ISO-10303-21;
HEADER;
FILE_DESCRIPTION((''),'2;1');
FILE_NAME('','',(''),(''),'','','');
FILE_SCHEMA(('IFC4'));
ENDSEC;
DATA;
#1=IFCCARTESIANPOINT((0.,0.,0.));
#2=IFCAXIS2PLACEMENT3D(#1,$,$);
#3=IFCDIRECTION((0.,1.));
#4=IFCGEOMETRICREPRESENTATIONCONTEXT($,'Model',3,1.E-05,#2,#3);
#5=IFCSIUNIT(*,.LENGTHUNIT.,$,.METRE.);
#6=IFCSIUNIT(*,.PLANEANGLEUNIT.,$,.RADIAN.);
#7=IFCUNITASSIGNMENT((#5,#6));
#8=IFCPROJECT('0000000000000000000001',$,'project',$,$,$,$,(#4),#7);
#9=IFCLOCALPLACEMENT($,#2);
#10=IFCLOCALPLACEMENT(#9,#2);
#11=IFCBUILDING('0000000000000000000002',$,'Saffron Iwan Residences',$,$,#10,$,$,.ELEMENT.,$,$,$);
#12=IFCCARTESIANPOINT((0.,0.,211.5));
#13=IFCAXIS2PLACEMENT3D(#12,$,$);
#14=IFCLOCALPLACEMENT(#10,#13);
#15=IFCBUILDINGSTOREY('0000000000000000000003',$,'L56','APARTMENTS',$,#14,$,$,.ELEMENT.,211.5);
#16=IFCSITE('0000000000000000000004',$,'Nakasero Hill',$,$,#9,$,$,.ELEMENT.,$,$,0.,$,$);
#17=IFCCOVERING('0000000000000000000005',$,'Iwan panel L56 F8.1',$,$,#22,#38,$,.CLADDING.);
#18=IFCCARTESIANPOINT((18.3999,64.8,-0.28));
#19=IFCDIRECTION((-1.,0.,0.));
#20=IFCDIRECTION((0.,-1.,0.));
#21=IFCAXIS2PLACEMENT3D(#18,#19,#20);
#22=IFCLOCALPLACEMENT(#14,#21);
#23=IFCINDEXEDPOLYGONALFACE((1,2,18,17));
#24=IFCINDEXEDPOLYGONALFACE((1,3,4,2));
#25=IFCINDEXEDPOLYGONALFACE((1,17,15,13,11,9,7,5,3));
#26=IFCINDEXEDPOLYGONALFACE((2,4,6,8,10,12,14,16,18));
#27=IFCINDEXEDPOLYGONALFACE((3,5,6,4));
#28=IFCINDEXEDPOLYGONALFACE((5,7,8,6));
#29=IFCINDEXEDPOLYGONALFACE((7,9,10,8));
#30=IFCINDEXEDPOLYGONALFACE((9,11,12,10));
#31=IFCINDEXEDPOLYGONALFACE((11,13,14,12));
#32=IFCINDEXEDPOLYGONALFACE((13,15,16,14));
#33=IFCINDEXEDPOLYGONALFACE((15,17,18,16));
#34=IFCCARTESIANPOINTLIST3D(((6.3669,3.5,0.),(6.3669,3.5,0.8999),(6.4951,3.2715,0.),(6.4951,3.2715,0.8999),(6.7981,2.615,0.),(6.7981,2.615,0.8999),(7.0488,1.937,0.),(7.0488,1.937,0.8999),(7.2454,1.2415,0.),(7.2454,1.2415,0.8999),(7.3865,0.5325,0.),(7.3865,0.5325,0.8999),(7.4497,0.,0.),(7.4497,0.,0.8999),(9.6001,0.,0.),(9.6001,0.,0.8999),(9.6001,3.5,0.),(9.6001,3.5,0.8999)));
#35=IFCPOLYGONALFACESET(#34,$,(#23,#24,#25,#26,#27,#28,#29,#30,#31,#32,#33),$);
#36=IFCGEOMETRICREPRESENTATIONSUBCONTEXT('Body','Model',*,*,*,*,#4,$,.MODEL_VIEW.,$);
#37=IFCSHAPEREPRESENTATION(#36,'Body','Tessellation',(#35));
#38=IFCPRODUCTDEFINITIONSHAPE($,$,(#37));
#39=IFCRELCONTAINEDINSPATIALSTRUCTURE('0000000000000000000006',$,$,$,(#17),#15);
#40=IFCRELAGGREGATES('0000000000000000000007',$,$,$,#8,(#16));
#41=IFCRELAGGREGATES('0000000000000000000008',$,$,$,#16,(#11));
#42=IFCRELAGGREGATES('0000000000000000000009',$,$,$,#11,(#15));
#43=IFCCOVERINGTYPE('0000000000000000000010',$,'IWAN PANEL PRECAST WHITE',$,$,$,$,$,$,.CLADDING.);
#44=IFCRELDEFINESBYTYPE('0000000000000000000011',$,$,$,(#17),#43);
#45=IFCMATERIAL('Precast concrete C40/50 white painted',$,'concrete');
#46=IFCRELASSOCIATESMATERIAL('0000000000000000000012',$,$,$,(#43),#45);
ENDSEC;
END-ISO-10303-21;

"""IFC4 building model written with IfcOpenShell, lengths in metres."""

from ifc_helpers import new_model, si_unit, direction, frame, origin, place, context, subcontext, project, spatial, polyline, outline, extrude, material, type_object, element, save


model = new_model("IFC4")

# Units and contexts
model_context = context("Model", 3, precision=1e-05, world=origin(), true_north=direction((0.0, 1.0)))
body_context = subcontext(model_context, "Body", "Model", "MODEL_VIEW")
ifc_project = project(units=[si_unit("LENGTHUNIT", "METRE"), si_unit("PLANEANGLEUNIT", "RADIAN")], contexts=[model_context])

# Site, building, storey
site_placement = place(None, origin())
site = spatial("IfcSite", under=ifc_project, at=site_placement, Name="Nakasero Hill", CompositionType="ELEMENT", RefElevation=0.0)
building_placement = place(site_placement, origin())
building = spatial("IfcBuilding", under=site, at=building_placement, Name="Saffron Iwan Residences", CompositionType="ELEMENT")
storey_placement = place(building_placement, frame((0.0, 0.0, 211.5)))
storey = spatial("IfcBuildingStorey", under=building, at=storey_placement, Name="L56", Description="APARTMENTS", CompositionType="ELEMENT", Elevation=211.5)

# Covering
ifc_material_1 = material(Name="Precast concrete C40/50 white painted", Category="concrete")
covering_type = type_object("IfcCoveringType", Name="IWAN PANEL PRECAST WHITE", PredefinedType="CLADDING", material=ifc_material_1)
covering_1_placement = place(storey_placement, frame((18.3999, 64.8, -0.28), z_axis=(-1.0, 0.0, 0.0), x_axis=(0.0, -1.0, 0.0)))
element("IfcCovering", 1, at=covering_1_placement, inside=storey, type_object=covering_type, Name="Iwan panel L56 F8.1", PredefinedType="CLADDING", context=body_context, shape_type="SweptSolid", body=[
    extrude(outline(polyline([(9.6001, 3.5), (9.6001, 0.0), (7.4497, 0.0), (7.3865, 0.5325), (7.2454, 1.2415), (7.0488, 1.937), (6.7981, 2.615), (6.4951, 3.2715), (6.3669, 3.5), (9.6001, 3.5)])), origin(), (0.0, 0.0, 1.0), 0.8999),
])

save(model, "model.ifc")
